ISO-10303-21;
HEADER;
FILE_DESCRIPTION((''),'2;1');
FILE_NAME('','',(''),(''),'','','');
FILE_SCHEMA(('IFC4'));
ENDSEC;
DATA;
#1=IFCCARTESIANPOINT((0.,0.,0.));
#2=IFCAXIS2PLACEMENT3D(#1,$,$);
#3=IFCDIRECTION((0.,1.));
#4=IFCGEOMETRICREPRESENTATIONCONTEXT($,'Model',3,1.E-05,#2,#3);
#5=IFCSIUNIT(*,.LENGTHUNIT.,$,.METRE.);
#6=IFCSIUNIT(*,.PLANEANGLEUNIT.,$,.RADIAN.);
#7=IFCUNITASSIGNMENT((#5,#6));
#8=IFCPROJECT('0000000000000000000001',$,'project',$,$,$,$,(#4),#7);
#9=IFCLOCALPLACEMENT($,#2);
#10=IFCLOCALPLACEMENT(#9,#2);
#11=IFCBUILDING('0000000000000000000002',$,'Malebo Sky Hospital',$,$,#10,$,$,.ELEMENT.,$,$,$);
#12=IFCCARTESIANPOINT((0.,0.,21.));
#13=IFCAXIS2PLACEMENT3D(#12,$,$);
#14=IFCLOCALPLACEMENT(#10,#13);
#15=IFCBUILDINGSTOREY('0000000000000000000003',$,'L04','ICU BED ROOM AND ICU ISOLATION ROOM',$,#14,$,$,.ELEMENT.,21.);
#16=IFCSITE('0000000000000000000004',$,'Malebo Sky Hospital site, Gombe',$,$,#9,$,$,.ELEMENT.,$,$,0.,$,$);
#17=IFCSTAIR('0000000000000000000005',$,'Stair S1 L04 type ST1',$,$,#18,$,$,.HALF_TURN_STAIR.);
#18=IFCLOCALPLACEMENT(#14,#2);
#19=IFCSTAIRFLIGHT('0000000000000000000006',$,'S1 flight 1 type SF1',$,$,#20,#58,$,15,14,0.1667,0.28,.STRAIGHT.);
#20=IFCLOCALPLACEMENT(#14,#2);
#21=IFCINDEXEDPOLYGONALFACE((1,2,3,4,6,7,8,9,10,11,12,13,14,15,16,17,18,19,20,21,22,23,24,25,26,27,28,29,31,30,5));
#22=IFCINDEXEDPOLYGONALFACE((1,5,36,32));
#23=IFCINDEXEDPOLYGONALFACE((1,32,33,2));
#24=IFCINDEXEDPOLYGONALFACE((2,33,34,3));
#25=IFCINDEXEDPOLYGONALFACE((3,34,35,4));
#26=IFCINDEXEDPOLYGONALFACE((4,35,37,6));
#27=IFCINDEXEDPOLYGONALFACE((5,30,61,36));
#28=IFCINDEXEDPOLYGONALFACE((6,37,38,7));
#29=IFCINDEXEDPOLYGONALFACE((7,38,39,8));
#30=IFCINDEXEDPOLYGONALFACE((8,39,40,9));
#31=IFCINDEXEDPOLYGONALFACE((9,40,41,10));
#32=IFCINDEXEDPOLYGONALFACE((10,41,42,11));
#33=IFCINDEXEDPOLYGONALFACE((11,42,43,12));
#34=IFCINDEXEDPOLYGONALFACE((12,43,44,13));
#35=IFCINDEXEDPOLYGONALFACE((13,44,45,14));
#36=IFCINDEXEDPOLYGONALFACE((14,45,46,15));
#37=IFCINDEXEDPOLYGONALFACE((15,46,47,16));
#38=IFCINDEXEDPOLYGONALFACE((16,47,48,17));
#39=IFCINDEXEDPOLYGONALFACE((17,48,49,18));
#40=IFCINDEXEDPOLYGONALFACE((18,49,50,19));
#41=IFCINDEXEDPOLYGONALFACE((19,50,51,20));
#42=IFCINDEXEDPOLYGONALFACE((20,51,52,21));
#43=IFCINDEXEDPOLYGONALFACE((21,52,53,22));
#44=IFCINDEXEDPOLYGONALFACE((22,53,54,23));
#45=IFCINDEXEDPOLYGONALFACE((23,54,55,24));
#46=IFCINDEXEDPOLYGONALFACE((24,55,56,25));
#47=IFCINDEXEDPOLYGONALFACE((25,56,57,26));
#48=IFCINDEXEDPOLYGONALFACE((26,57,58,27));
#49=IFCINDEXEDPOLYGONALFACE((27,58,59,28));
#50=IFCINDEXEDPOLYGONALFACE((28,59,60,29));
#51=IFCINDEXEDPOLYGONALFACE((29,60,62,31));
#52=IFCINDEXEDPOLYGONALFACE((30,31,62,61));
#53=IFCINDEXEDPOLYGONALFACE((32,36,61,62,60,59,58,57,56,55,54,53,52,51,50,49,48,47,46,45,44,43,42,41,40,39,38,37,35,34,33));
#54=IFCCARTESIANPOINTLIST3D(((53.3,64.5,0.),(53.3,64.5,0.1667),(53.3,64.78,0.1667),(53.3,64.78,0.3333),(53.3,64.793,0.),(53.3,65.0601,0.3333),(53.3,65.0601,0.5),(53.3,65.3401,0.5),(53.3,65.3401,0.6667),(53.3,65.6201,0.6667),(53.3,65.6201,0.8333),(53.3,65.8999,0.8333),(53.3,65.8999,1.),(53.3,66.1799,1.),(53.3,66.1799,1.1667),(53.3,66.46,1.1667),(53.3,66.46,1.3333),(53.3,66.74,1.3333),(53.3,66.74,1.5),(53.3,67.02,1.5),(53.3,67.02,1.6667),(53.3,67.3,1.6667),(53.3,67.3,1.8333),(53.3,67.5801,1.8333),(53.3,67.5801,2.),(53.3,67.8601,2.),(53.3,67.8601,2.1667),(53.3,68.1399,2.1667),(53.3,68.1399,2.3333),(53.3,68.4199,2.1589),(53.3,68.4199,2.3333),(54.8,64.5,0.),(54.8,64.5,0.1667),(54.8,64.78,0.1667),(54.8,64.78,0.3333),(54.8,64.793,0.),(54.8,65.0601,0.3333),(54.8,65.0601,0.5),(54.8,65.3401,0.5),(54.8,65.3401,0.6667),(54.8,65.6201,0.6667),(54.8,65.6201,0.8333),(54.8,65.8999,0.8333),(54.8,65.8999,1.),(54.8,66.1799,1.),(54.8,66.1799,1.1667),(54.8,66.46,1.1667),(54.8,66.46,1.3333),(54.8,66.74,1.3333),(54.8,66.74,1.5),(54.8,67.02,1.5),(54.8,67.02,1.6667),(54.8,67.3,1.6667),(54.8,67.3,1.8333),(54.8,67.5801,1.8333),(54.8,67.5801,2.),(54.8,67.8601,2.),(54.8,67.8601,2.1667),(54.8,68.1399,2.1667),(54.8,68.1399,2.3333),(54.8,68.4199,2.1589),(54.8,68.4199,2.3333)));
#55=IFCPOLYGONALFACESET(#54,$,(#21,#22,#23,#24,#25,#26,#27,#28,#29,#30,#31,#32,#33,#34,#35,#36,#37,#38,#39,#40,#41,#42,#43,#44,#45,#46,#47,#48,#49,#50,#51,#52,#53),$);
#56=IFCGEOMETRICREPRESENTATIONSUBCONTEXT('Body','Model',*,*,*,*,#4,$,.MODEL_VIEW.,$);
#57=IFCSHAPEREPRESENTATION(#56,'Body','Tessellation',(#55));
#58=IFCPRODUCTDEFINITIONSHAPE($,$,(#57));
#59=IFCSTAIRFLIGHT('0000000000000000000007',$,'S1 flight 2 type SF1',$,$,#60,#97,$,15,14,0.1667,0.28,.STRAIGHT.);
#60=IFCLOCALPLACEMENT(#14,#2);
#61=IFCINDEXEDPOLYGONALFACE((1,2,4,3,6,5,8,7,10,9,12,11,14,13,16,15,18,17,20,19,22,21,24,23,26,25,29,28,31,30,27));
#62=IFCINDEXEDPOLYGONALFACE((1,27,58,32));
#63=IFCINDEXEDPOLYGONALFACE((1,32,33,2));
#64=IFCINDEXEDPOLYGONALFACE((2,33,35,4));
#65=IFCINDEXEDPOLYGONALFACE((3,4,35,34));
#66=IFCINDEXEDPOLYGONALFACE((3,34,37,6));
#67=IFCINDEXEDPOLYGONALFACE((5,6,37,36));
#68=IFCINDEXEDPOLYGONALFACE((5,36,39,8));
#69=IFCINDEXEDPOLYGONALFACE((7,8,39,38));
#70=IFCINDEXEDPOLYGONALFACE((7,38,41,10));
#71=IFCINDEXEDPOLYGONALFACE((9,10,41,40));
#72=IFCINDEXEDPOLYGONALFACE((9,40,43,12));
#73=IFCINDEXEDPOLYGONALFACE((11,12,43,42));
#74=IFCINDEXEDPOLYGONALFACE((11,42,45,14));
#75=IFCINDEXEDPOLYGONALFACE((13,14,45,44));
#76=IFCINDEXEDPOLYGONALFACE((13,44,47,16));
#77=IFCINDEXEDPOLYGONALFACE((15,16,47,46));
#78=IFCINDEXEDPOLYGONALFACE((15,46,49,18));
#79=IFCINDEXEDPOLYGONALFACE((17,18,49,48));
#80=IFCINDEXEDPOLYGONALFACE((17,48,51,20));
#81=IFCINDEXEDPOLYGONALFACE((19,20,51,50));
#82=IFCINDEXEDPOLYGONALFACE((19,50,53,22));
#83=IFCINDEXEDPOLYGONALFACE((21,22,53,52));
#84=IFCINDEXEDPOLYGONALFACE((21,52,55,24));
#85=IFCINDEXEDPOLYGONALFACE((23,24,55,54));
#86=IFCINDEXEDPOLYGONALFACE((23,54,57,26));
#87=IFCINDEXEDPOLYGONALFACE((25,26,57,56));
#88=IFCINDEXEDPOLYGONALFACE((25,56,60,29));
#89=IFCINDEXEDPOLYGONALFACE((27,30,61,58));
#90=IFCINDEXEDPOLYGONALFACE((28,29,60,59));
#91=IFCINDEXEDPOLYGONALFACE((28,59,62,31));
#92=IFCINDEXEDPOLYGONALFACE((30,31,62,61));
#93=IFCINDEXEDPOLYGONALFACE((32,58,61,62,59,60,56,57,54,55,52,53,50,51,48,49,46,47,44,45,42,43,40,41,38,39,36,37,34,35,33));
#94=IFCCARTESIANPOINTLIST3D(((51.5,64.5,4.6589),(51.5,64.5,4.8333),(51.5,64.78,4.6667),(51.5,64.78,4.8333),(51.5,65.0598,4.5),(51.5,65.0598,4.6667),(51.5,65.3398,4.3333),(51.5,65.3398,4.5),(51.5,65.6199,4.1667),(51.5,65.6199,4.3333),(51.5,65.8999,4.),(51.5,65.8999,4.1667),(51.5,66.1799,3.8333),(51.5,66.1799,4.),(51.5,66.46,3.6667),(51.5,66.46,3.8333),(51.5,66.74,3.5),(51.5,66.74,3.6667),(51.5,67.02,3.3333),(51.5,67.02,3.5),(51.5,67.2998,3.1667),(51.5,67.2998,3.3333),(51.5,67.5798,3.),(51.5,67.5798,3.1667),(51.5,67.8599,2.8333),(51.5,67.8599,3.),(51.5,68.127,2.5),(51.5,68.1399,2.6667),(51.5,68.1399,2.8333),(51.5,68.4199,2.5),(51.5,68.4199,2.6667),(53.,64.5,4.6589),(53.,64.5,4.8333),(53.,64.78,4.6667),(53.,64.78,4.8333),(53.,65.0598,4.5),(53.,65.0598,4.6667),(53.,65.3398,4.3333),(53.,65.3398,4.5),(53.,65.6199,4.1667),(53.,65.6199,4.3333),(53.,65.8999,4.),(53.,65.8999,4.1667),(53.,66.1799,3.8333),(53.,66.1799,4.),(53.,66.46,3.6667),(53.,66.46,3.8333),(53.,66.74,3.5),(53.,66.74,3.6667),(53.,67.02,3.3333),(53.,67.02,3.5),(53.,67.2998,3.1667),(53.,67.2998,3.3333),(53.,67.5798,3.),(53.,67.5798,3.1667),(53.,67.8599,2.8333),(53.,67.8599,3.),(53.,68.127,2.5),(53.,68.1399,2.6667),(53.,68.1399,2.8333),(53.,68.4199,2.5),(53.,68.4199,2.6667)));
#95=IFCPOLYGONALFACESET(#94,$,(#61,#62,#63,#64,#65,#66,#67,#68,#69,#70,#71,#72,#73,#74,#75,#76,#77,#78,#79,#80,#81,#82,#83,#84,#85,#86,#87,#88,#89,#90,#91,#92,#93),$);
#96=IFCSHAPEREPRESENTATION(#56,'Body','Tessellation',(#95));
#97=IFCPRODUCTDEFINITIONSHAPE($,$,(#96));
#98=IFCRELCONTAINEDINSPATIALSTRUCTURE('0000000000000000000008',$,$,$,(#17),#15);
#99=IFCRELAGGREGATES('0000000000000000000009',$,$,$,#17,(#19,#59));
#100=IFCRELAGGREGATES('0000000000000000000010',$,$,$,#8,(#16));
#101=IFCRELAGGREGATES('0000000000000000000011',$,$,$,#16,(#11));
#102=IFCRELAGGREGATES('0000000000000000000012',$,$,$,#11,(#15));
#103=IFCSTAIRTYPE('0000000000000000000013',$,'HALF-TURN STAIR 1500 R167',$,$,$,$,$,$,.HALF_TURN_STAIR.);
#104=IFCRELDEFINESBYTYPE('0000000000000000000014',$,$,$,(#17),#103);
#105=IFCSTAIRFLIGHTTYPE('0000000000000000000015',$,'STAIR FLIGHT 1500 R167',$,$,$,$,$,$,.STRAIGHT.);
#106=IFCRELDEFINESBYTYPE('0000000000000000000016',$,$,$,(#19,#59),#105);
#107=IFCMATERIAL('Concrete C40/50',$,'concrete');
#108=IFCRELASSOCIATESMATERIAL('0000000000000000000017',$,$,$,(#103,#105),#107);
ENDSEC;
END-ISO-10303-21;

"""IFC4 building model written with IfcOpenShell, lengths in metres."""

from ifc_helpers import new_model, si_unit, direction, frame, origin, place, context, subcontext, project, spatial, polyline, outline, extrude, material, type_object, element, aggregate, save


model = new_model("IFC4")

# Units and contexts
model_context = context("Model", 3, precision=1e-05, world=origin(), true_north=direction((0.0, 1.0)))
body_context = subcontext(model_context, "Body", "Model", "MODEL_VIEW")
ifc_project = project(units=[si_unit("LENGTHUNIT", "METRE"), si_unit("PLANEANGLEUNIT", "RADIAN")], contexts=[model_context])

# Site, building, storey
site_placement = place(None, origin())
site = spatial("IfcSite", under=ifc_project, at=site_placement, Name="Malebo Sky Hospital site, Gombe", CompositionType="ELEMENT", RefElevation=0.0)
building_placement = place(site_placement, origin())
building = spatial("IfcBuilding", under=site, at=building_placement, Name="Malebo Sky Hospital", CompositionType="ELEMENT")
storey_placement = place(building_placement, frame((0.0, 0.0, 21.0)))
storey = spatial("IfcBuildingStorey", under=building, at=storey_placement, Name="L04", Description="ICU BED ROOM AND ICU ISOLATION ROOM", CompositionType="ELEMENT", Elevation=21.0)

# Stair, stair flights
ifc_material_1 = material(Name="Concrete C40/50", Category="concrete")
stair_type = type_object("IfcStairType", Name="HALF-TURN STAIR 1500 R167", PredefinedType="HALF_TURN_STAIR", material=ifc_material_1)
stair_placement = place(storey_placement, origin())
stair = element("IfcStair", 1, at=stair_placement, inside=storey, type_object=stair_type, Name="Stair S1 L04 type ST1", PredefinedType="HALF_TURN_STAIR")
stair_flight_type = type_object("IfcStairFlightType", Name="STAIR FLIGHT 1500 R167", PredefinedType="STRAIGHT", material=ifc_material_1)
stair_flight_1_placement = place(storey_placement, frame((54.05, 64.5, 0.0), z_axis=(0.0, 0.0, 1.0), x_axis=(0.0, 1.0, 0.0)))
stair_flight_1 = element("IfcStairFlight", 2, at=stair_flight_1_placement, type_object=stair_flight_type, Name="S1 flight 1 type SF1", NumberOfRisers=15, NumberOfTreads=14, PredefinedType="STRAIGHT", RiserHeight=0.1667, TreadLength=0.28, context=body_context, shape_type="SweptSolid", body=[
    extrude(outline(polyline([(0.0, 0.0), (0.0, 0.1667), (0.28, 0.1667), (0.28, 0.3333), (0.5601, 0.3333), (0.5601, 0.5), (0.8401, 0.5), (0.8401, 0.6667), (1.1201, 0.6667), (1.1201, 0.8333), (1.3999, 0.8333), (1.3999, 1.0), (1.6799, 1.0), (1.6799, 1.1667), (1.96, 1.1667), (1.96, 1.3333), (2.24, 1.3333), (2.24, 1.5), (2.52, 1.5), (2.52, 1.6667), (2.8, 1.6667), (2.8, 1.8333), (3.0801, 1.8333), (3.0801, 2.0), (3.3601, 2.0), (3.3601, 2.1667), (3.6399, 2.1667), (3.6399, 2.3333), (3.9199, 2.3333), (3.9199, 2.5), (3.9199, 2.1589), (0.293, 0.0), (0.0, 0.0)])), frame((0.0, 0.75, 0.0), z_axis=(0.0, -1.0, 0.0), x_axis=(1.0, 0.0, 0.0)), (0.0, 0.0, 1.0), 1.5),
])
stair_flight_2_placement = place(storey_placement, frame((52.25, 68.4199, 2.5), z_axis=(0.0, 0.0, 1.0), x_axis=(0.0, -1.0, 0.0)))
stair_flight_2 = element("IfcStairFlight", 3, at=stair_flight_2_placement, type_object=stair_flight_type, Name="S1 flight 2 type SF1", NumberOfRisers=15, NumberOfTreads=14, PredefinedType="STRAIGHT", RiserHeight=0.1667, TreadLength=0.28, context=body_context, shape_type="SweptSolid", body=[
    extrude(outline(polyline([(0.0, 0.0), (0.0, 0.1667), (0.28, 0.1667), (0.28, 0.3333), (0.5601, 0.3333), (0.5601, 0.5), (0.8401, 0.5), (0.8401, 0.6667), (1.1201, 0.6667), (1.1201, 0.8333), (1.3999, 0.8333), (1.3999, 1.0), (1.6799, 1.0), (1.6799, 1.1667), (1.96, 1.1667), (1.96, 1.3333), (2.24, 1.3333), (2.24, 1.5), (2.52, 1.5), (2.52, 1.6667), (2.8, 1.6667), (2.8, 1.8333), (3.0801, 1.8333), (3.0801, 2.0), (3.3601, 2.0), (3.3601, 2.1667), (3.6399, 2.1667), (3.6399, 2.3333), (3.9199, 2.3333), (3.9199, 2.5), (3.9199, 2.1589), (0.293, 0.0), (0.0, 0.0)])), frame((0.0, 0.75, 0.0), z_axis=(0.0, -1.0, 0.0), x_axis=(1.0, 0.0, 0.0)), (0.0, 0.0, 1.0), 1.5),
])
aggregate(stair, [stair_flight_1, stair_flight_2])

save(model, "model.ifc")
